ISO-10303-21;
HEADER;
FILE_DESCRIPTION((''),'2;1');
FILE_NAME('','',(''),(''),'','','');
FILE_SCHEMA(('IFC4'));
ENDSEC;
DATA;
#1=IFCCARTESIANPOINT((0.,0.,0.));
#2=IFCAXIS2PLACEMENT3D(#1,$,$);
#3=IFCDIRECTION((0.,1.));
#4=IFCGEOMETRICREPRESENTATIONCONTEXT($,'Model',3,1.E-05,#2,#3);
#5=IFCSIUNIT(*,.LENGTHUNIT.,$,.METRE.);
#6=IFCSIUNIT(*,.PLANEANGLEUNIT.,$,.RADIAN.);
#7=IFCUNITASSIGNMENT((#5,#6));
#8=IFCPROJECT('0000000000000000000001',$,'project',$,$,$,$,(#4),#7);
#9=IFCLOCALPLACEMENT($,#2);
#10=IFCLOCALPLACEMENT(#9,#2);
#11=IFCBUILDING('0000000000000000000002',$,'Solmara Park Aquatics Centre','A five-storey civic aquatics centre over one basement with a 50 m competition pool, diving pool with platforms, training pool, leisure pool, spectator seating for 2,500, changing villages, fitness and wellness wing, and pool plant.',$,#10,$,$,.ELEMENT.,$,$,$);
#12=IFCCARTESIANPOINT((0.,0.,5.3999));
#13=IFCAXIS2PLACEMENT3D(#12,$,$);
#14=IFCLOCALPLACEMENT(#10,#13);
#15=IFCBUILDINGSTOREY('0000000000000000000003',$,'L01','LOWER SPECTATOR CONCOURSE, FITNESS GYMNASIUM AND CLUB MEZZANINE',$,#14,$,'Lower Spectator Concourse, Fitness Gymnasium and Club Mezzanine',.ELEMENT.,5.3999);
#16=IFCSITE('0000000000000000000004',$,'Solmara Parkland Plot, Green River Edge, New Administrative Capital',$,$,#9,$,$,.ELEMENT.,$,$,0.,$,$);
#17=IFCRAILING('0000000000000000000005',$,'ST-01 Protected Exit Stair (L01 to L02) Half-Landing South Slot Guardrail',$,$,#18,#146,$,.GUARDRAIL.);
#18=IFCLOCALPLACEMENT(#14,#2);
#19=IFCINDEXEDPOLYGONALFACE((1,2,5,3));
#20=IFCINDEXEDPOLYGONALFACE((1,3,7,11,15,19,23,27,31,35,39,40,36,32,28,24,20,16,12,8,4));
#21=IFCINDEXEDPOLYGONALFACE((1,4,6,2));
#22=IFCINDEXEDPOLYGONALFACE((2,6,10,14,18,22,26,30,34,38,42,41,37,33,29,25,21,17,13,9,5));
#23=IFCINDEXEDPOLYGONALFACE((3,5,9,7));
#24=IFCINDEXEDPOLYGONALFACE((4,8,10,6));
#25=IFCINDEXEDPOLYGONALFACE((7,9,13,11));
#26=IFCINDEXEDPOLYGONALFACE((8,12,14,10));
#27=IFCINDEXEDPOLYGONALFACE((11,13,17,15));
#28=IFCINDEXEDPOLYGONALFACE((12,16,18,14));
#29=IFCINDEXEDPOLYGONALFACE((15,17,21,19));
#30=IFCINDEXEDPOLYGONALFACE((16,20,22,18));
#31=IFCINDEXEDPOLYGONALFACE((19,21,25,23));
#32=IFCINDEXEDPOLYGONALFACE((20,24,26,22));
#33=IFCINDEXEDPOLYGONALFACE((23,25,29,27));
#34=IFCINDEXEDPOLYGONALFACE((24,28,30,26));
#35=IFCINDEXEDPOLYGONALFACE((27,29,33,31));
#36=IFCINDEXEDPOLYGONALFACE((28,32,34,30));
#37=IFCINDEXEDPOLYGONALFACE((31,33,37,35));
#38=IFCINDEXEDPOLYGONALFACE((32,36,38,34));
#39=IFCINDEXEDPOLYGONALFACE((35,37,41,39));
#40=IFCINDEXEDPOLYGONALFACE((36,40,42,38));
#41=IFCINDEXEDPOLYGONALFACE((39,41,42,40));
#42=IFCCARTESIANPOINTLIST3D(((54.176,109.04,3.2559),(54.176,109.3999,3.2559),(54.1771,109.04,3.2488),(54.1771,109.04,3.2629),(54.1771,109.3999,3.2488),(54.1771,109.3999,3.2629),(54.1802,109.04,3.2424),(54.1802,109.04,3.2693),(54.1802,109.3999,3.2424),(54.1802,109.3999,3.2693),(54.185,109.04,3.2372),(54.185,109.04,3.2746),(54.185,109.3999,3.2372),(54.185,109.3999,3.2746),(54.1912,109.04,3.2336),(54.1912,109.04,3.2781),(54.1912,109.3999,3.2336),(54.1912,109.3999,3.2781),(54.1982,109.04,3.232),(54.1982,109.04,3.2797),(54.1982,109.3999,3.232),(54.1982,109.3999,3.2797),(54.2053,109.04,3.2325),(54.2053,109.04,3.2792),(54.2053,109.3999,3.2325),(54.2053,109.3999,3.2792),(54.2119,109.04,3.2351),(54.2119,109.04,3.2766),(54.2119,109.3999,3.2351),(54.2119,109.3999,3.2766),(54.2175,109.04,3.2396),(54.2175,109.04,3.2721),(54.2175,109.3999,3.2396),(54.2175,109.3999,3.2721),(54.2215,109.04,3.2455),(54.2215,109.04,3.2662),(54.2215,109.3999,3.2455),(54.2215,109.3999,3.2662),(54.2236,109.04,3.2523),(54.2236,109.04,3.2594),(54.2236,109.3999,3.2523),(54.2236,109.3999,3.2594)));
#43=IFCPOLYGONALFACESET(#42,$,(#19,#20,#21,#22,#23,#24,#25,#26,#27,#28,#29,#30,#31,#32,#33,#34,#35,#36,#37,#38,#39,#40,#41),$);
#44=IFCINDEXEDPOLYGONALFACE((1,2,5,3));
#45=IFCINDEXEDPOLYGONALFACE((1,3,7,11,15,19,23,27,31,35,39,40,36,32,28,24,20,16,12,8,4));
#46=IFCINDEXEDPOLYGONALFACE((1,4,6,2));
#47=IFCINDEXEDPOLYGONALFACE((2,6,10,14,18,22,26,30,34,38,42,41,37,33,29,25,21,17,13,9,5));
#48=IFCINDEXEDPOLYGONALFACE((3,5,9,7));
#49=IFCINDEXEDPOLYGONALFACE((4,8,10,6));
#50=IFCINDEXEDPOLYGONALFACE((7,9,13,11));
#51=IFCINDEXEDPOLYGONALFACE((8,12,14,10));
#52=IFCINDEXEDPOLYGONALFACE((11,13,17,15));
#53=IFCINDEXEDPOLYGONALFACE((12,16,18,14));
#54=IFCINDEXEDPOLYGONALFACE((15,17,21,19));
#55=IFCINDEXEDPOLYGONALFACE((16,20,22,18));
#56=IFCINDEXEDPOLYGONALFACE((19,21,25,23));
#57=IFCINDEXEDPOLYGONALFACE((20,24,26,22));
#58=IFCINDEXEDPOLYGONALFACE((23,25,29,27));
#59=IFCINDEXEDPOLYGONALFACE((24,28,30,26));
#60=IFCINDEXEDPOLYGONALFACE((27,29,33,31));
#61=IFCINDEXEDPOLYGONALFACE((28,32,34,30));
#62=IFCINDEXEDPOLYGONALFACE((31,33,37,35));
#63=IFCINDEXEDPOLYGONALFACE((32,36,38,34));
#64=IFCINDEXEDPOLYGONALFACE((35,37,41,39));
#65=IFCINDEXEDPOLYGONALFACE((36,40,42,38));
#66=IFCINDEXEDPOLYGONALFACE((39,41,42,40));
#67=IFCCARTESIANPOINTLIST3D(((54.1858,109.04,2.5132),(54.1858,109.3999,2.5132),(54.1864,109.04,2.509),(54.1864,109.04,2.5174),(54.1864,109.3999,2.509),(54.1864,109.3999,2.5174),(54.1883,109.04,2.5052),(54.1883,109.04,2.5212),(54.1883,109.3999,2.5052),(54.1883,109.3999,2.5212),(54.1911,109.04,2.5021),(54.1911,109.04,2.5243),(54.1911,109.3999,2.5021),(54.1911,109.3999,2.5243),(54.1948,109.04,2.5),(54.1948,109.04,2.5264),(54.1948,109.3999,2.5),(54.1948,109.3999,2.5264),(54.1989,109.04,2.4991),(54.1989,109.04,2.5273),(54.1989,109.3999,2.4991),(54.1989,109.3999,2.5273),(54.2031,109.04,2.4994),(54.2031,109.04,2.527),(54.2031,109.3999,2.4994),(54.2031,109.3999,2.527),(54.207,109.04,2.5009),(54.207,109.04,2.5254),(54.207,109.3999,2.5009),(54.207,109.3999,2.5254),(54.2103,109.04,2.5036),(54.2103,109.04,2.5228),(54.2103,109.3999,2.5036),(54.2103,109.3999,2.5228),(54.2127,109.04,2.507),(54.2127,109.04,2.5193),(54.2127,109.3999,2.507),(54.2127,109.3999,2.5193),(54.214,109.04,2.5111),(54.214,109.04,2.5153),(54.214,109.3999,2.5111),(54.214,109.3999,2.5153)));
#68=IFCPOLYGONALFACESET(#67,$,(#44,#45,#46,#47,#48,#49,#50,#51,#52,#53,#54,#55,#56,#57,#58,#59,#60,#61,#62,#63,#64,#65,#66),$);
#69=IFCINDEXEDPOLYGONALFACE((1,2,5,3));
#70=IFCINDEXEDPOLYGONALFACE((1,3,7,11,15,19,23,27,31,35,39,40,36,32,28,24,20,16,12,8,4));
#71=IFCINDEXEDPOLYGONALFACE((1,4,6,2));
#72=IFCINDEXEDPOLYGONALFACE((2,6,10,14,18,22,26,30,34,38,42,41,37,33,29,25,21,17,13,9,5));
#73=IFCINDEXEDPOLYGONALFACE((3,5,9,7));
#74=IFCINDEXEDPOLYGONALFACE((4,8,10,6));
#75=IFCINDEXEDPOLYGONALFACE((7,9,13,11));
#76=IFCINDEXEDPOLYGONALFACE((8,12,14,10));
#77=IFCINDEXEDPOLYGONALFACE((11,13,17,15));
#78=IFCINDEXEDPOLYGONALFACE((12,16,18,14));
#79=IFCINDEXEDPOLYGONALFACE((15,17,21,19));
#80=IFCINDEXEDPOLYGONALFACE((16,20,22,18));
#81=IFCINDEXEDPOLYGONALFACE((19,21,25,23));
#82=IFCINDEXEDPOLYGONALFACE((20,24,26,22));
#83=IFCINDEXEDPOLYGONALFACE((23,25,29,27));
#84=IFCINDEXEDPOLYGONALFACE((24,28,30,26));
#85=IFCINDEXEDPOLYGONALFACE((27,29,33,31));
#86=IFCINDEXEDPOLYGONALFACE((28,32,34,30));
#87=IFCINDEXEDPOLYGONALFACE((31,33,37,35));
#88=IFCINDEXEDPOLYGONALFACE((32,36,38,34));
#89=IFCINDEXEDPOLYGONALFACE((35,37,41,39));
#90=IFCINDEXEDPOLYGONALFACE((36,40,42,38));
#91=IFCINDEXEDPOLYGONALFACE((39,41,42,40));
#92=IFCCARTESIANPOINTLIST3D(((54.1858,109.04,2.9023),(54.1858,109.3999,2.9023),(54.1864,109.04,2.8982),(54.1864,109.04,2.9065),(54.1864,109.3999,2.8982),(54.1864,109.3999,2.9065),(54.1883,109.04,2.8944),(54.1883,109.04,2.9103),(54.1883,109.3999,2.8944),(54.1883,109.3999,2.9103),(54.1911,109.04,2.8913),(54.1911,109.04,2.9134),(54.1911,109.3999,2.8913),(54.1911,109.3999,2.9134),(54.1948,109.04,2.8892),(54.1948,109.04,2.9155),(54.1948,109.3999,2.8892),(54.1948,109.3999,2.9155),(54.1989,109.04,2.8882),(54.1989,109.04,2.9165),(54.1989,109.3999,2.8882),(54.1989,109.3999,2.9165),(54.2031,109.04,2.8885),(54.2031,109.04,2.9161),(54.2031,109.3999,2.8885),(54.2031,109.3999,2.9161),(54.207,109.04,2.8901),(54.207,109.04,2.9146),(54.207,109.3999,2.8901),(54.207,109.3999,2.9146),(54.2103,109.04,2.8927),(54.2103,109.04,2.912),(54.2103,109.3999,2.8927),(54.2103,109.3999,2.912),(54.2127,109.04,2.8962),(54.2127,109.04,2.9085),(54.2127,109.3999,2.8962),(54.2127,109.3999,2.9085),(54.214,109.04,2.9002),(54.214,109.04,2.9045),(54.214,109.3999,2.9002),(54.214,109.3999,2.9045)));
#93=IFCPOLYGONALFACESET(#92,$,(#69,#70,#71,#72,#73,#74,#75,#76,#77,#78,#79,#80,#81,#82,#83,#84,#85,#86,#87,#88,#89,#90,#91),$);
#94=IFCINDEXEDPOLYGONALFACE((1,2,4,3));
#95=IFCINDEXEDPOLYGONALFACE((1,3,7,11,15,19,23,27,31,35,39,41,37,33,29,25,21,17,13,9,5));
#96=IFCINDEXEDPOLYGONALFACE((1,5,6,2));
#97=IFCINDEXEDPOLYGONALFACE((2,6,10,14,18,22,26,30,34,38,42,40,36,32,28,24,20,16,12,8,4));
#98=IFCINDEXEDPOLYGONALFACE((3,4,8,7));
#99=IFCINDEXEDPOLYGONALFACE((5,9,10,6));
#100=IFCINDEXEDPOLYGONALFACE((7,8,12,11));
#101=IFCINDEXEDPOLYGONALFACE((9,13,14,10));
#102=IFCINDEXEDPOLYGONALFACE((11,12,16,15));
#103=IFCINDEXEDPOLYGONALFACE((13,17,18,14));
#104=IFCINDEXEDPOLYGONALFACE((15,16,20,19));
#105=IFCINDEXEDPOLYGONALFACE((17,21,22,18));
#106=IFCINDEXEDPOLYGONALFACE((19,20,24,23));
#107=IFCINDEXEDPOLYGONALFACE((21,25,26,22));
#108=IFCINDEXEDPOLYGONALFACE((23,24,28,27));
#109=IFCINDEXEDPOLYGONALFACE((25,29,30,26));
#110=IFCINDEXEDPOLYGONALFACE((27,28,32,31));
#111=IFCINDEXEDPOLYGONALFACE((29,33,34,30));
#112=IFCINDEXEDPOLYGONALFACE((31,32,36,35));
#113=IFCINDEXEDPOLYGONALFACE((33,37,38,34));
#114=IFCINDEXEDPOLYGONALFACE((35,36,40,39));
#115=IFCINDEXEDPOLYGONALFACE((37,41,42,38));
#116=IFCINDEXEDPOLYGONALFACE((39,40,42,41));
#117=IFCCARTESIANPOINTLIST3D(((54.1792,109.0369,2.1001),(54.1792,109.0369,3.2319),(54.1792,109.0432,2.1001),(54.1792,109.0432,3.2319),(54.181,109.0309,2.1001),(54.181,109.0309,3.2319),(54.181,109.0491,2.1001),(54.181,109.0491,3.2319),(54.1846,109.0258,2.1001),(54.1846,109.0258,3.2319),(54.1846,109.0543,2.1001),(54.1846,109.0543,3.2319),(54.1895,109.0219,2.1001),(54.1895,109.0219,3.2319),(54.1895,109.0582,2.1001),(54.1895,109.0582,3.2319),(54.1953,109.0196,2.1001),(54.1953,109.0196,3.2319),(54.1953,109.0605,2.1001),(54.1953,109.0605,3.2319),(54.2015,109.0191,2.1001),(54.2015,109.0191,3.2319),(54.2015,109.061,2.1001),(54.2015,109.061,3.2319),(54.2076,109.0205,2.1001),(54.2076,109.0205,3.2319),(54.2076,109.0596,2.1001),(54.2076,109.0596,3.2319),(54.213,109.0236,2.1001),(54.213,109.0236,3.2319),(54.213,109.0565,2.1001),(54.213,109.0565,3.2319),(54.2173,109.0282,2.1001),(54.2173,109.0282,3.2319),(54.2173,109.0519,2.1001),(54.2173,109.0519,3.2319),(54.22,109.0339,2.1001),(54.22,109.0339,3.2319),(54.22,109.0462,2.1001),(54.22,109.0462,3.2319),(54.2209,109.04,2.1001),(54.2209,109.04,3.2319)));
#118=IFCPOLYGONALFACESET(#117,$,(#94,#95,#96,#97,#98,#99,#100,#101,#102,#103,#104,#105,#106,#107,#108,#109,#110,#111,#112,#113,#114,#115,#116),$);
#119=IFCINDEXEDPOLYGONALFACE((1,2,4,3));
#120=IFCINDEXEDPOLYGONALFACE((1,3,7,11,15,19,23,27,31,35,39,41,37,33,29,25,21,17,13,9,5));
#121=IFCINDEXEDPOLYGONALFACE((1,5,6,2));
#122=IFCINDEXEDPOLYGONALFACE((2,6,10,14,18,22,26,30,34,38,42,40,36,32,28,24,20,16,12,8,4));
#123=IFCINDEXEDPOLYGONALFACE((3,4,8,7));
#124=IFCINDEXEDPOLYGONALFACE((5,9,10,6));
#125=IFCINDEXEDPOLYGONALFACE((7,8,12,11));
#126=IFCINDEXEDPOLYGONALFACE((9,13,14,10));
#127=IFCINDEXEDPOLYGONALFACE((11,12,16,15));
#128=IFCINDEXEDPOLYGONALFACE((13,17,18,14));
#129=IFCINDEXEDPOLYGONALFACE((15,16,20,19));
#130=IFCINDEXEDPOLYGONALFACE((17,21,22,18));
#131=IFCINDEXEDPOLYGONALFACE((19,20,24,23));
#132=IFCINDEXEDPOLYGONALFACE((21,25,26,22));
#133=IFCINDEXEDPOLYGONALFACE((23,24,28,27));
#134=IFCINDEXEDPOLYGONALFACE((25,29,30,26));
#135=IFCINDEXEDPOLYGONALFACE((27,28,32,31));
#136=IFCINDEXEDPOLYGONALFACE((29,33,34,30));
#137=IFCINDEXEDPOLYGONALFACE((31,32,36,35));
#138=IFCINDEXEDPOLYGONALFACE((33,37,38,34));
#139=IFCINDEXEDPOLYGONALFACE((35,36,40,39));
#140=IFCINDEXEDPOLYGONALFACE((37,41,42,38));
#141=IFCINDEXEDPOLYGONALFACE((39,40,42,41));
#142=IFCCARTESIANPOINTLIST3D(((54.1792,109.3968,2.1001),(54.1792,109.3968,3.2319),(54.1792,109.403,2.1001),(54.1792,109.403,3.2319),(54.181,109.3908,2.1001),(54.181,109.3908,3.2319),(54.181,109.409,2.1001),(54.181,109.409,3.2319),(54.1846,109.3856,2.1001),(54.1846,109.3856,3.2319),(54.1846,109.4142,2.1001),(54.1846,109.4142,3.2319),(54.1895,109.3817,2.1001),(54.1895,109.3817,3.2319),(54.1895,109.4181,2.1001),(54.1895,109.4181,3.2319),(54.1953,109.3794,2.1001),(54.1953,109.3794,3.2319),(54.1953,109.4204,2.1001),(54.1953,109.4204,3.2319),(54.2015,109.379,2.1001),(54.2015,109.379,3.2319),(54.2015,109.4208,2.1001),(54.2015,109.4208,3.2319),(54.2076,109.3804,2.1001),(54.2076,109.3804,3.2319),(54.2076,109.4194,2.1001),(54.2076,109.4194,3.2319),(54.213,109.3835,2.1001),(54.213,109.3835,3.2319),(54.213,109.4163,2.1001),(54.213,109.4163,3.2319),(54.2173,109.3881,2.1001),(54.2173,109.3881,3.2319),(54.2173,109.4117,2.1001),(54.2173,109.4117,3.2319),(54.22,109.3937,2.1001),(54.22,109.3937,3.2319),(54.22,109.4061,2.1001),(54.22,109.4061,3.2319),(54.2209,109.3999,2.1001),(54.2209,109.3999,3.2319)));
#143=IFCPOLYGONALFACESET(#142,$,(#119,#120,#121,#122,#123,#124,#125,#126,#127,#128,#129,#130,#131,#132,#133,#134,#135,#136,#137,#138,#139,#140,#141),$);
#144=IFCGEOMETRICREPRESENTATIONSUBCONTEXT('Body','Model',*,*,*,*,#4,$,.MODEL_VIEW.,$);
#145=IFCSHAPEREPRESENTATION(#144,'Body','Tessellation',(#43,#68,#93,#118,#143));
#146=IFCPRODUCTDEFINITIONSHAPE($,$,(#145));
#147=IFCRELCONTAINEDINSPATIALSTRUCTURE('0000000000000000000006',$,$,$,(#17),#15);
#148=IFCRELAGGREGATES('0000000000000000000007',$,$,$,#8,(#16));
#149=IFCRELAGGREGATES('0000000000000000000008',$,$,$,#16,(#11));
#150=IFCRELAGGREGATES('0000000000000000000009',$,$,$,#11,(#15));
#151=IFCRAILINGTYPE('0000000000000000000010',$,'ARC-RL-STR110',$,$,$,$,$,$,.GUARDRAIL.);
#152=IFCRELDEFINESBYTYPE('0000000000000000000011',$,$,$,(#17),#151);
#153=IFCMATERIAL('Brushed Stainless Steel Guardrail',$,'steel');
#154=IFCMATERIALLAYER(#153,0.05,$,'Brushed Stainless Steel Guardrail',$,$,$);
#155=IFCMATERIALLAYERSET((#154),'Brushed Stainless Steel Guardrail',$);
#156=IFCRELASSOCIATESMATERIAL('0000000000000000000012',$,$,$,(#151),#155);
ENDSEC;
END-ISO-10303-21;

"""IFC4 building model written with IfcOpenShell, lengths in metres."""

from ifc_helpers import new_model, si_unit, direction, frame, origin, origin_2d, place, context, subcontext, project, spatial, circle, extrude, material, layer, layer_set, type_object, element, save


model = new_model("IFC4")

# Units and contexts
model_context = context("Model", 3, precision=1e-05, world=origin(), true_north=direction((0.0, 1.0)))
body_context = subcontext(model_context, "Body", "Model", "MODEL_VIEW")
ifc_project = project(units=[si_unit("LENGTHUNIT", "METRE"), si_unit("PLANEANGLEUNIT", "RADIAN")], contexts=[model_context])

# Site, building, storey
site_placement = place(None, origin())
site = spatial("IfcSite", under=ifc_project, at=site_placement, Name="Solmara Parkland Plot, Green River Edge, New Administrative Capital", CompositionType="ELEMENT", RefElevation=0.0)
building_placement = place(site_placement, origin())
building = spatial("IfcBuilding", under=site, at=building_placement, Name="Solmara Park Aquatics Centre", Description="A five-storey civic aquatics centre over one basement with a 50 m competition pool, diving pool with platforms, training pool, leisure pool, spectator seating for 2,500, changing villages, fitness and wellness wing, and pool plant.", CompositionType="ELEMENT")
storey_placement = place(building_placement, frame((0.0, 0.0, 5.3999)))
storey = spatial("IfcBuildingStorey", under=building, at=storey_placement, Name="L01", Description="LOWER SPECTATOR CONCOURSE, FITNESS GYMNASIUM AND CLUB MEZZANINE", LongName="Lower Spectator Concourse, Fitness Gymnasium and Club Mezzanine", CompositionType="ELEMENT", Elevation=5.3999)

# Railing
ifc_material_1 = material(Name="Brushed Stainless Steel Guardrail", Category="steel")
ifc_layer_1 = layer(ifc_material_1, 0.05, Name="Brushed Stainless Steel Guardrail")
ifc_layer_set_1 = layer_set([ifc_layer_1], Name="Brushed Stainless Steel Guardrail")
railing_type_1 = type_object("IfcRailingType", Name="ARC-RL-STR110", PredefinedType="GUARDRAIL", material=ifc_layer_set_1)
railing_1_placement = place(storey_placement, frame((54.2, 109.04, 2.1001)))
element("IfcRailing", 1, at=railing_1_placement, inside=storey, type_object=railing_type_1, Name="ST-01 Protected Exit Stair (L01 to L02) Half-Landing South Slot Guardrail", PredefinedType="GUARDRAIL", context=body_context, shape_type="SweptSolid", body=[
    extrude(circle(Radius=0.0239, at=origin_2d()), frame((0.0, 0.0, 1.1558), z_axis=(0.0, 1.0, 0.0), x_axis=(-1.0, 0.0, 0.0)), (0.0, 0.0, 1.0), 0.3599),
    extrude(circle(Radius=0.0142, at=origin_2d()), frame((0.0, 0.0, 0.4131), z_axis=(0.0, 1.0, 0.0), x_axis=(-1.0, 0.0, 0.0)), (0.0, 0.0, 1.0), 0.3599),
    extrude(circle(Radius=0.0142, at=origin_2d()), frame((0.0, 0.0, 0.8022), z_axis=(0.0, 1.0, 0.0), x_axis=(-1.0, 0.0, 0.0)), (0.0, 0.0, 1.0), 0.3599),
    extrude(circle(Radius=0.021, at=origin_2d()), origin(), (0.0, 0.0, 1.0), 1.1318),
    extrude(circle(Radius=0.021, at=origin_2d()), frame((0.0, 0.3599, 0.0)), (0.0, 0.0, 1.0), 1.1318),
])

save(model, "model.ifc")
